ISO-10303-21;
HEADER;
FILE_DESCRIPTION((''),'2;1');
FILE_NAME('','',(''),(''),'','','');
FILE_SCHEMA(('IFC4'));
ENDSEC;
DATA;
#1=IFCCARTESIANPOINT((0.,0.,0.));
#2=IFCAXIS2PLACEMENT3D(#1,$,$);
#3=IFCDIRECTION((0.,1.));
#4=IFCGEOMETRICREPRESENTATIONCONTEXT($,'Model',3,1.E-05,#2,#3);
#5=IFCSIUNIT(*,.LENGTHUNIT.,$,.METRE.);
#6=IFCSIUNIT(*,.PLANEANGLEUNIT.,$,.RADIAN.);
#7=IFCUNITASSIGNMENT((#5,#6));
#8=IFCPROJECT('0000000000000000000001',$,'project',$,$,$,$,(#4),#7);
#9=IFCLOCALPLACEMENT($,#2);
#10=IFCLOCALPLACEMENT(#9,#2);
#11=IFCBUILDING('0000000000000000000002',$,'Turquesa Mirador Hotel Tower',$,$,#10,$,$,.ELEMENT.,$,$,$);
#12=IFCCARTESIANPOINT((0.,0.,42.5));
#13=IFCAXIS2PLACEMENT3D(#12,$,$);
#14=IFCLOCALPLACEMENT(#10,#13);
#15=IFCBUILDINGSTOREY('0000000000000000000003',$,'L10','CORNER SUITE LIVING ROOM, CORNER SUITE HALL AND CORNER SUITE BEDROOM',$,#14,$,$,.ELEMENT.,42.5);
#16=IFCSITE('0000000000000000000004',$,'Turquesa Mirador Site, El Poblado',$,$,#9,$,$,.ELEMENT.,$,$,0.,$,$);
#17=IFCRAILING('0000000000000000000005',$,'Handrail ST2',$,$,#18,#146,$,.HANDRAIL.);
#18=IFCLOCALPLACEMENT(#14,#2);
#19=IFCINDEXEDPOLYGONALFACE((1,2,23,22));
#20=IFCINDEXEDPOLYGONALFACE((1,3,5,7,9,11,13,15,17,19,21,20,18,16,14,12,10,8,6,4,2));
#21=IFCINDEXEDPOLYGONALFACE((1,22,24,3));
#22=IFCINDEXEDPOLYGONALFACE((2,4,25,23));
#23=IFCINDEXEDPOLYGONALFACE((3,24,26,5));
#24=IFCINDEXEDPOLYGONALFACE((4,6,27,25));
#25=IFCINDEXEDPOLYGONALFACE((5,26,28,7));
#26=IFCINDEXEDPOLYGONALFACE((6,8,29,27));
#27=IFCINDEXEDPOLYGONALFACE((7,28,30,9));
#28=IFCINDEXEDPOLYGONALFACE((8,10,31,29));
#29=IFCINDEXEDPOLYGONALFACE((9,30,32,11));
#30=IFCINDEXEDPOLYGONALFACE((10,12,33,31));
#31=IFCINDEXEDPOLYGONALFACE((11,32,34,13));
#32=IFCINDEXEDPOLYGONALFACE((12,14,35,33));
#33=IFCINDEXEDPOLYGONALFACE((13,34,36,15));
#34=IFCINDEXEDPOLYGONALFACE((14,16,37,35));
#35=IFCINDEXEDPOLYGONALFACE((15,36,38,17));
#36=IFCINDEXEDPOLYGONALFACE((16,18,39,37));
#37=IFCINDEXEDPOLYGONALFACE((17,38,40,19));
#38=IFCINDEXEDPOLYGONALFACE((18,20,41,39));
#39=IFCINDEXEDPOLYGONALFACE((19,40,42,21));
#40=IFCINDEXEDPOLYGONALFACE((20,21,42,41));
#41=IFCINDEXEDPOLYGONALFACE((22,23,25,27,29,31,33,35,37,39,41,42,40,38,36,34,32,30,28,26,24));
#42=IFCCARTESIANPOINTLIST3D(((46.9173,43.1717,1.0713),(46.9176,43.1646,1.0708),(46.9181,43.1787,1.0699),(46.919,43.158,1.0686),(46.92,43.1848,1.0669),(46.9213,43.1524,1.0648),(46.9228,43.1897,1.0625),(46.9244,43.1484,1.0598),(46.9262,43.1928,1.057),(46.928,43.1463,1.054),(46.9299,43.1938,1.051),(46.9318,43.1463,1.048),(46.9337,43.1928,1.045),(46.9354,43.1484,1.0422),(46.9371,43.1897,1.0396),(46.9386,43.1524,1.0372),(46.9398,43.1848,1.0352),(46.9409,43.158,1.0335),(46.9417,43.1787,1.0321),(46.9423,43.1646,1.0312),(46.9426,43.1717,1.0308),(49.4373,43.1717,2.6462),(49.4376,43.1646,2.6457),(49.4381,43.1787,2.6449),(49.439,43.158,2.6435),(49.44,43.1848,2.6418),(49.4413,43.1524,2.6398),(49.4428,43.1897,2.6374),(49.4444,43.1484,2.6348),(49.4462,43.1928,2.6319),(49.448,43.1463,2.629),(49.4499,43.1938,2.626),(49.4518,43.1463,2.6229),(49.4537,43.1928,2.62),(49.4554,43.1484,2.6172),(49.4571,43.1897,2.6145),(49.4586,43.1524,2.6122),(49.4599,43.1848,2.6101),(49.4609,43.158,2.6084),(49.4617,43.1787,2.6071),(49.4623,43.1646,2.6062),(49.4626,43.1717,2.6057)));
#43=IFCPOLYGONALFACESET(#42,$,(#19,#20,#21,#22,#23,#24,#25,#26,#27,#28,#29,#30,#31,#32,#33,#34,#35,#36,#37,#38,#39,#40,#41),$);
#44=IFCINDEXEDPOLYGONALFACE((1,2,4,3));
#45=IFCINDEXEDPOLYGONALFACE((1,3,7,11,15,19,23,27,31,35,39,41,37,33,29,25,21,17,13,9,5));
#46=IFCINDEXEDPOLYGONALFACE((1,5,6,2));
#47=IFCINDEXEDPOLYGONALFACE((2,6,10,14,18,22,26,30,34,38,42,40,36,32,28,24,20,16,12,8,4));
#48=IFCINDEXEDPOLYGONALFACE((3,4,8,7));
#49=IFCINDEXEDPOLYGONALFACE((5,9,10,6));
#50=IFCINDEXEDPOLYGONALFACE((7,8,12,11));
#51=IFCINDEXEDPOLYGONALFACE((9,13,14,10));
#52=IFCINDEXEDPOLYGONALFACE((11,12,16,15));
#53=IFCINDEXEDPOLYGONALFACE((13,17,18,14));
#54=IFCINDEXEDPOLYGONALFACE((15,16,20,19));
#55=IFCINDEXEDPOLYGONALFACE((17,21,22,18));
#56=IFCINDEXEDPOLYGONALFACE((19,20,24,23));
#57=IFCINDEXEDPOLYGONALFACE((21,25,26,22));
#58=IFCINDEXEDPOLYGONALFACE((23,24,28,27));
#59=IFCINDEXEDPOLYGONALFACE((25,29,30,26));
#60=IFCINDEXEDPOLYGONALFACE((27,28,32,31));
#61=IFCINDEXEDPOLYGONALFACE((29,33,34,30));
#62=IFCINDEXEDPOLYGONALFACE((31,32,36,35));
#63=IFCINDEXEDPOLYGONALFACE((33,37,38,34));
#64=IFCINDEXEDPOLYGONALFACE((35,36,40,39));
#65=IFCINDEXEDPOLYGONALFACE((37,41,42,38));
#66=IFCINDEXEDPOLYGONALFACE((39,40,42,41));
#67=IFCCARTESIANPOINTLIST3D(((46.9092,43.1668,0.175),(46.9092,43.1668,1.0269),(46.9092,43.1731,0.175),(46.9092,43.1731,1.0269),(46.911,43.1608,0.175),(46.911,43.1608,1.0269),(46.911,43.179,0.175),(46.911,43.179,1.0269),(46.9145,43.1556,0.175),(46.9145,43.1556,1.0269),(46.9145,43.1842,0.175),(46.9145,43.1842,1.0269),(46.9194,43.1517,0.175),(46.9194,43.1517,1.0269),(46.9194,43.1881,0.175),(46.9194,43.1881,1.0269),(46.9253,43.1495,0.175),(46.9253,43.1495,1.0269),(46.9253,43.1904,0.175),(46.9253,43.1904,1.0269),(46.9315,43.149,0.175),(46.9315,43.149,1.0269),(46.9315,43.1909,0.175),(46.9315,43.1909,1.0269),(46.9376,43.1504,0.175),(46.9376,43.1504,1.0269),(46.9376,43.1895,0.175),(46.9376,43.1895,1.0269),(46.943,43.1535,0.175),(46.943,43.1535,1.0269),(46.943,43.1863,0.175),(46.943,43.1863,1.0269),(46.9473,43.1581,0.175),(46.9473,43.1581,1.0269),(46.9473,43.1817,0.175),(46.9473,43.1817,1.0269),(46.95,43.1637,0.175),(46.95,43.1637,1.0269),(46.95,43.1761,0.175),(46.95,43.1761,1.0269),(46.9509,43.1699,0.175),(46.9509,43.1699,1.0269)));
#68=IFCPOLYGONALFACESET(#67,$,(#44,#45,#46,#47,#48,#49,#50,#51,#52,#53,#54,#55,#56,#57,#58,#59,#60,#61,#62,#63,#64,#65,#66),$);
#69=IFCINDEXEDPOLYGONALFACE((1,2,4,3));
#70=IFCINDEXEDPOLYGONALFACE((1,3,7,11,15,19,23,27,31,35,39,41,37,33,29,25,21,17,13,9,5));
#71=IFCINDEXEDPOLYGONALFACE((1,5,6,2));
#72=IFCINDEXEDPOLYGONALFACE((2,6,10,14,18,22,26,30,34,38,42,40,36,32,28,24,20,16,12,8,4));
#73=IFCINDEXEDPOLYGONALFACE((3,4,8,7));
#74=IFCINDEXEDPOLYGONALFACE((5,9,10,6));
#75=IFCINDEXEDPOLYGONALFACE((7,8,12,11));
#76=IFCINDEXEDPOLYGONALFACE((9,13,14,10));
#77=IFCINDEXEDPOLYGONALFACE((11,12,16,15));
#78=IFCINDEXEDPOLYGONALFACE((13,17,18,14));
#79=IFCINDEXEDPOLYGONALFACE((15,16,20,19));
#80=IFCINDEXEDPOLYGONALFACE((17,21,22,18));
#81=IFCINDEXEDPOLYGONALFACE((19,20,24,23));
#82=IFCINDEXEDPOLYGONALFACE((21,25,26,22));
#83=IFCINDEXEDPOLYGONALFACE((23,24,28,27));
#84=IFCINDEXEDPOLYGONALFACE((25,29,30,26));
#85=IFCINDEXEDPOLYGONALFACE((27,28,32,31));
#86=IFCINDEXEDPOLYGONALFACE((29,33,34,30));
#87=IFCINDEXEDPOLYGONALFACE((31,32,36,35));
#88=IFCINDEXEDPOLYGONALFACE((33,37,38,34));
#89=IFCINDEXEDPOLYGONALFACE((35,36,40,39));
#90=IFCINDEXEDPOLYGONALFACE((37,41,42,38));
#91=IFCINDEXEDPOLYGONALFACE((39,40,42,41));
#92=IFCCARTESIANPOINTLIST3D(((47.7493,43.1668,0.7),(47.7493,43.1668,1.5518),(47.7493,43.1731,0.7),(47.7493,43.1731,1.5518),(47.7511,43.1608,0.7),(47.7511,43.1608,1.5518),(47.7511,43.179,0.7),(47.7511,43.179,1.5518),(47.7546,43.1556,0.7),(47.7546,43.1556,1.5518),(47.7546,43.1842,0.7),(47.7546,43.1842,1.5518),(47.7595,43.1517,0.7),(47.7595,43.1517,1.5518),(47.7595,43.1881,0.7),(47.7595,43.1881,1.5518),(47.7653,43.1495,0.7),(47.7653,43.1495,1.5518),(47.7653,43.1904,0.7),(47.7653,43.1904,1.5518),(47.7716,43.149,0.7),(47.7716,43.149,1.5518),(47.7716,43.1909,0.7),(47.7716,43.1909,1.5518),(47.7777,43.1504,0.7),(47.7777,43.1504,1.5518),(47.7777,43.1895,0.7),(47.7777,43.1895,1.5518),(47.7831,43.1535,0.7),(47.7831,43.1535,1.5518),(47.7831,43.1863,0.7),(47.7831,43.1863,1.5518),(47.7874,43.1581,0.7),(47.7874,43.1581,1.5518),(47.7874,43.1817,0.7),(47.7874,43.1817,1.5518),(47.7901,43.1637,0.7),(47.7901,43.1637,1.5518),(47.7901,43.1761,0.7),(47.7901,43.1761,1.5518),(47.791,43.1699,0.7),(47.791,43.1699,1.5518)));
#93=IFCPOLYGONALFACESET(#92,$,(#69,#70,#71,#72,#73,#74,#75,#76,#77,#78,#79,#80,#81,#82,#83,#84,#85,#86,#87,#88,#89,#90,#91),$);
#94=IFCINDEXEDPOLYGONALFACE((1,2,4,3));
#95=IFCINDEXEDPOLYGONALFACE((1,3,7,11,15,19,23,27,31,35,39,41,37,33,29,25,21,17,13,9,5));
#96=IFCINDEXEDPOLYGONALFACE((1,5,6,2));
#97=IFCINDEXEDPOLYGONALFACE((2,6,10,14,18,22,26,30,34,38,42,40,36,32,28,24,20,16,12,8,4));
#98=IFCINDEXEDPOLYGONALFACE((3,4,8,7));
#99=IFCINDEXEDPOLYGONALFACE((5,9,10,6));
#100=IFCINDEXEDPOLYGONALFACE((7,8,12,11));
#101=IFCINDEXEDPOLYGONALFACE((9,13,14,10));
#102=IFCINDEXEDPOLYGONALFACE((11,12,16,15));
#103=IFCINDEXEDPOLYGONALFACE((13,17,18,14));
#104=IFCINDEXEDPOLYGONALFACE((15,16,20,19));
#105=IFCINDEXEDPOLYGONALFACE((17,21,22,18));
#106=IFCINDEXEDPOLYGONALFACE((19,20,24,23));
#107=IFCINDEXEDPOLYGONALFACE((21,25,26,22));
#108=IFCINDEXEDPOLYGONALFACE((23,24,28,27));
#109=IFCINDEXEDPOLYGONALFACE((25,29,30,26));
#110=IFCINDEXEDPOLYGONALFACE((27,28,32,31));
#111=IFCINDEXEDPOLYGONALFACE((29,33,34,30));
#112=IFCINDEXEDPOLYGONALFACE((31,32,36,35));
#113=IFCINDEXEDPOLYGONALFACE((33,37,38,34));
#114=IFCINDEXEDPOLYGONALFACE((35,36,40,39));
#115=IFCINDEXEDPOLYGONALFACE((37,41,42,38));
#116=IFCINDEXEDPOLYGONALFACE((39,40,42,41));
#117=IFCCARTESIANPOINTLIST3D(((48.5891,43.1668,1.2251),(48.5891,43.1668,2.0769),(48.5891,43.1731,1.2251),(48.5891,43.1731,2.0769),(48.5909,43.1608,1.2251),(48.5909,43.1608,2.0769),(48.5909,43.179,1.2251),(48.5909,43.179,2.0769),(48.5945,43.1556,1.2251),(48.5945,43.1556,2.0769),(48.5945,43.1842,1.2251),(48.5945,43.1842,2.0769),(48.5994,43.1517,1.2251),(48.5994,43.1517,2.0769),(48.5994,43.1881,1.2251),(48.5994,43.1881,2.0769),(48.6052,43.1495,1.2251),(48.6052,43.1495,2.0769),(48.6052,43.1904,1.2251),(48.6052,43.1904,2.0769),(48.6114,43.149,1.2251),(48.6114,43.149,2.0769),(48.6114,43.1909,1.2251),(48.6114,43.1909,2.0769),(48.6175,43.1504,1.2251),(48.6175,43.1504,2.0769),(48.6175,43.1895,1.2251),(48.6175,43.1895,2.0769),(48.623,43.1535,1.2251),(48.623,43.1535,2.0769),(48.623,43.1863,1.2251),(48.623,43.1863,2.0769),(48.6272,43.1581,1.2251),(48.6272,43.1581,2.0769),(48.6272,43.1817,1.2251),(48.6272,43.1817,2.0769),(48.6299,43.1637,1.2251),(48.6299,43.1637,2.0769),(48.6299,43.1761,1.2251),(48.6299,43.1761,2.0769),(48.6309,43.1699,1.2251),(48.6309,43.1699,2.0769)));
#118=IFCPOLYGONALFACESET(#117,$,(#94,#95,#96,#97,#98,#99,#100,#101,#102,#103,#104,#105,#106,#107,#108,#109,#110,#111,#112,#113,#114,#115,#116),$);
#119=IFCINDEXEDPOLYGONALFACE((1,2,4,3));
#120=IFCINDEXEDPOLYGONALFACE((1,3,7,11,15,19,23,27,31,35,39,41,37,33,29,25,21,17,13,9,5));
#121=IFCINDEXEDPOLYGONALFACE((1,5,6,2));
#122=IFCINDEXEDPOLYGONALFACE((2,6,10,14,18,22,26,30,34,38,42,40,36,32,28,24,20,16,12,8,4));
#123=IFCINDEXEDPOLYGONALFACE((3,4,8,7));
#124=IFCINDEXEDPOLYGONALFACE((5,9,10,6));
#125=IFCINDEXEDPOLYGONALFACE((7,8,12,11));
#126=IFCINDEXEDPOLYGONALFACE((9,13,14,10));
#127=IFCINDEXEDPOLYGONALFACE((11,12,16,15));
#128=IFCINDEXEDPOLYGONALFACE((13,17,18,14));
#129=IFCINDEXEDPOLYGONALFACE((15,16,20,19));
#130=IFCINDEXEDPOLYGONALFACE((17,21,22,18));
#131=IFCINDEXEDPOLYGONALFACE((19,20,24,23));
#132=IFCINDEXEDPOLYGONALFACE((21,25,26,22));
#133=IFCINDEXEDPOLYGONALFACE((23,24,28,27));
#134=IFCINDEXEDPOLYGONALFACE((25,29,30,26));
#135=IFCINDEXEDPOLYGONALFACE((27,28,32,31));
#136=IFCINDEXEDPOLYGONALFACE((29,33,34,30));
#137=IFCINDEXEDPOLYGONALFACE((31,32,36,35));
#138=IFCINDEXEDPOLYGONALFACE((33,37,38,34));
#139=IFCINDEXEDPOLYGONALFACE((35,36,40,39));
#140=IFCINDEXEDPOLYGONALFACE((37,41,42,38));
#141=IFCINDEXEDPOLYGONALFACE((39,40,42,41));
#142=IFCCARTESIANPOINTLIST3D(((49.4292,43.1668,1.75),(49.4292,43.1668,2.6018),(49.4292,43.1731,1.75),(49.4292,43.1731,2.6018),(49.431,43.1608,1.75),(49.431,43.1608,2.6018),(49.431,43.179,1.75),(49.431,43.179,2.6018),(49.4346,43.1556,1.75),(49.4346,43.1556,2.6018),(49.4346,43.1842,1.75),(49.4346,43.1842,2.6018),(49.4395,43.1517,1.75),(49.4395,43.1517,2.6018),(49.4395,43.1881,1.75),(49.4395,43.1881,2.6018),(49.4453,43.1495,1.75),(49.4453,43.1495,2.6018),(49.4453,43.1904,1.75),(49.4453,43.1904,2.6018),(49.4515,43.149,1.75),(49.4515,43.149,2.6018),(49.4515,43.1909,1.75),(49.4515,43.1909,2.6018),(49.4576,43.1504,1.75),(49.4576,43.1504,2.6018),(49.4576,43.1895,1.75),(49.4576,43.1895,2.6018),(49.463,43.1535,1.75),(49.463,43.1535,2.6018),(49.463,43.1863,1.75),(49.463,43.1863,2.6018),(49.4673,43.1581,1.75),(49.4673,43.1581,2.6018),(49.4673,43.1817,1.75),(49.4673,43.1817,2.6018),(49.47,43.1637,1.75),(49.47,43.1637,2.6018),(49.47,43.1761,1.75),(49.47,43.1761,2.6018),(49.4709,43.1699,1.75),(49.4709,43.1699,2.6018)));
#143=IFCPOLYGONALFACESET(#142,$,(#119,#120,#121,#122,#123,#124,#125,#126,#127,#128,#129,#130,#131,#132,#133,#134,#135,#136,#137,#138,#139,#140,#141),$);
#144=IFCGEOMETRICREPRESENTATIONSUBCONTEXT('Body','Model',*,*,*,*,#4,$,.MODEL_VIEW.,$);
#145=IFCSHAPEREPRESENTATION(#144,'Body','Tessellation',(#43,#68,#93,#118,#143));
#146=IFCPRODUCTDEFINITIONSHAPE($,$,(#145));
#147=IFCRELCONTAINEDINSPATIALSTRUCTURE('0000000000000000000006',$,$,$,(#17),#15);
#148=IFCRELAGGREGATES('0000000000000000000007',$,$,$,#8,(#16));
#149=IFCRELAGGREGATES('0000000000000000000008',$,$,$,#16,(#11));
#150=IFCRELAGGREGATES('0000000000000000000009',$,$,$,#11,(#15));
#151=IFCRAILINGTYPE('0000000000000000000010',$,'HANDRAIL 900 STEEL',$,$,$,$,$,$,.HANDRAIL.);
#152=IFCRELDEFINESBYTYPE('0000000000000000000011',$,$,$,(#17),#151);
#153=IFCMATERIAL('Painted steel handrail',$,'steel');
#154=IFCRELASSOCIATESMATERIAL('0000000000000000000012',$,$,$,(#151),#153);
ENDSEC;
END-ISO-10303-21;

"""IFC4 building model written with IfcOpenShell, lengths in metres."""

from ifc_helpers import new_model, si_unit, direction, frame, origin, origin_2d, place, context, subcontext, project, spatial, circle, extrude, material, type_object, element, save


model = new_model("IFC4")

# Units and contexts
model_context = context("Model", 3, precision=1e-05, world=origin(), true_north=direction((0.0, 1.0)))
body_context = subcontext(model_context, "Body", "Model", "MODEL_VIEW")
ifc_project = project(units=[si_unit("LENGTHUNIT", "METRE"), si_unit("PLANEANGLEUNIT", "RADIAN")], contexts=[model_context])

# Site, building, storey
site_placement = place(None, origin())
site = spatial("IfcSite", under=ifc_project, at=site_placement, Name="Turquesa Mirador Site, El Poblado", CompositionType="ELEMENT", RefElevation=0.0)
building_placement = place(site_placement, origin())
building = spatial("IfcBuilding", under=site, at=building_placement, Name="Turquesa Mirador Hotel Tower", CompositionType="ELEMENT")
storey_placement = place(building_placement, frame((0.0, 0.0, 42.5)))
storey = spatial("IfcBuildingStorey", under=building, at=storey_placement, Name="L10", Description="CORNER SUITE LIVING ROOM, CORNER SUITE HALL AND CORNER SUITE BEDROOM", CompositionType="ELEMENT", Elevation=42.5)

# Railing
ifc_material_1 = material(Name="Painted steel handrail", Category="steel")
railing_type = type_object("IfcRailingType", Name="HANDRAIL 900 STEEL", PredefinedType="HANDRAIL", material=ifc_material_1)
for number, where, name in (
    (1, (46.9299, 43.1699, 0.175), "Handrail ST2"),
):
    element("IfcRailing", number, at=place(storey_placement, frame(where)), inside=storey, type_object=railing_type, Name=name, PredefinedType="HANDRAIL", context=body_context, shape_type="SweptSolid", body=[
        extrude(circle(Radius=0.0239, at=origin_2d()), frame((0.0, 0.0, 0.876), z_axis=(0.848008, 0.0, 0.529984), x_axis=(0.0, 1.0, 0.0)), (0.0, 0.0, 1.0), 2.9717),
        extrude(circle(Radius=0.021, at=origin_2d()), origin(), (0.0, 0.0, 1.0), 0.8518),
        extrude(circle(Radius=0.021, at=origin_2d()), frame((0.8401, 0.0, 0.5249)), (0.0, 0.0, 1.0), 0.8518),
        extrude(circle(Radius=0.021, at=origin_2d()), frame((1.6799, 0.0, 1.05)), (0.0, 0.0, 1.0), 0.8518),
        extrude(circle(Radius=0.021, at=origin_2d()), frame((2.52, 0.0, 1.575)), (0.0, 0.0, 1.0), 0.8518),
    ])

save(model, "model.ifc")
